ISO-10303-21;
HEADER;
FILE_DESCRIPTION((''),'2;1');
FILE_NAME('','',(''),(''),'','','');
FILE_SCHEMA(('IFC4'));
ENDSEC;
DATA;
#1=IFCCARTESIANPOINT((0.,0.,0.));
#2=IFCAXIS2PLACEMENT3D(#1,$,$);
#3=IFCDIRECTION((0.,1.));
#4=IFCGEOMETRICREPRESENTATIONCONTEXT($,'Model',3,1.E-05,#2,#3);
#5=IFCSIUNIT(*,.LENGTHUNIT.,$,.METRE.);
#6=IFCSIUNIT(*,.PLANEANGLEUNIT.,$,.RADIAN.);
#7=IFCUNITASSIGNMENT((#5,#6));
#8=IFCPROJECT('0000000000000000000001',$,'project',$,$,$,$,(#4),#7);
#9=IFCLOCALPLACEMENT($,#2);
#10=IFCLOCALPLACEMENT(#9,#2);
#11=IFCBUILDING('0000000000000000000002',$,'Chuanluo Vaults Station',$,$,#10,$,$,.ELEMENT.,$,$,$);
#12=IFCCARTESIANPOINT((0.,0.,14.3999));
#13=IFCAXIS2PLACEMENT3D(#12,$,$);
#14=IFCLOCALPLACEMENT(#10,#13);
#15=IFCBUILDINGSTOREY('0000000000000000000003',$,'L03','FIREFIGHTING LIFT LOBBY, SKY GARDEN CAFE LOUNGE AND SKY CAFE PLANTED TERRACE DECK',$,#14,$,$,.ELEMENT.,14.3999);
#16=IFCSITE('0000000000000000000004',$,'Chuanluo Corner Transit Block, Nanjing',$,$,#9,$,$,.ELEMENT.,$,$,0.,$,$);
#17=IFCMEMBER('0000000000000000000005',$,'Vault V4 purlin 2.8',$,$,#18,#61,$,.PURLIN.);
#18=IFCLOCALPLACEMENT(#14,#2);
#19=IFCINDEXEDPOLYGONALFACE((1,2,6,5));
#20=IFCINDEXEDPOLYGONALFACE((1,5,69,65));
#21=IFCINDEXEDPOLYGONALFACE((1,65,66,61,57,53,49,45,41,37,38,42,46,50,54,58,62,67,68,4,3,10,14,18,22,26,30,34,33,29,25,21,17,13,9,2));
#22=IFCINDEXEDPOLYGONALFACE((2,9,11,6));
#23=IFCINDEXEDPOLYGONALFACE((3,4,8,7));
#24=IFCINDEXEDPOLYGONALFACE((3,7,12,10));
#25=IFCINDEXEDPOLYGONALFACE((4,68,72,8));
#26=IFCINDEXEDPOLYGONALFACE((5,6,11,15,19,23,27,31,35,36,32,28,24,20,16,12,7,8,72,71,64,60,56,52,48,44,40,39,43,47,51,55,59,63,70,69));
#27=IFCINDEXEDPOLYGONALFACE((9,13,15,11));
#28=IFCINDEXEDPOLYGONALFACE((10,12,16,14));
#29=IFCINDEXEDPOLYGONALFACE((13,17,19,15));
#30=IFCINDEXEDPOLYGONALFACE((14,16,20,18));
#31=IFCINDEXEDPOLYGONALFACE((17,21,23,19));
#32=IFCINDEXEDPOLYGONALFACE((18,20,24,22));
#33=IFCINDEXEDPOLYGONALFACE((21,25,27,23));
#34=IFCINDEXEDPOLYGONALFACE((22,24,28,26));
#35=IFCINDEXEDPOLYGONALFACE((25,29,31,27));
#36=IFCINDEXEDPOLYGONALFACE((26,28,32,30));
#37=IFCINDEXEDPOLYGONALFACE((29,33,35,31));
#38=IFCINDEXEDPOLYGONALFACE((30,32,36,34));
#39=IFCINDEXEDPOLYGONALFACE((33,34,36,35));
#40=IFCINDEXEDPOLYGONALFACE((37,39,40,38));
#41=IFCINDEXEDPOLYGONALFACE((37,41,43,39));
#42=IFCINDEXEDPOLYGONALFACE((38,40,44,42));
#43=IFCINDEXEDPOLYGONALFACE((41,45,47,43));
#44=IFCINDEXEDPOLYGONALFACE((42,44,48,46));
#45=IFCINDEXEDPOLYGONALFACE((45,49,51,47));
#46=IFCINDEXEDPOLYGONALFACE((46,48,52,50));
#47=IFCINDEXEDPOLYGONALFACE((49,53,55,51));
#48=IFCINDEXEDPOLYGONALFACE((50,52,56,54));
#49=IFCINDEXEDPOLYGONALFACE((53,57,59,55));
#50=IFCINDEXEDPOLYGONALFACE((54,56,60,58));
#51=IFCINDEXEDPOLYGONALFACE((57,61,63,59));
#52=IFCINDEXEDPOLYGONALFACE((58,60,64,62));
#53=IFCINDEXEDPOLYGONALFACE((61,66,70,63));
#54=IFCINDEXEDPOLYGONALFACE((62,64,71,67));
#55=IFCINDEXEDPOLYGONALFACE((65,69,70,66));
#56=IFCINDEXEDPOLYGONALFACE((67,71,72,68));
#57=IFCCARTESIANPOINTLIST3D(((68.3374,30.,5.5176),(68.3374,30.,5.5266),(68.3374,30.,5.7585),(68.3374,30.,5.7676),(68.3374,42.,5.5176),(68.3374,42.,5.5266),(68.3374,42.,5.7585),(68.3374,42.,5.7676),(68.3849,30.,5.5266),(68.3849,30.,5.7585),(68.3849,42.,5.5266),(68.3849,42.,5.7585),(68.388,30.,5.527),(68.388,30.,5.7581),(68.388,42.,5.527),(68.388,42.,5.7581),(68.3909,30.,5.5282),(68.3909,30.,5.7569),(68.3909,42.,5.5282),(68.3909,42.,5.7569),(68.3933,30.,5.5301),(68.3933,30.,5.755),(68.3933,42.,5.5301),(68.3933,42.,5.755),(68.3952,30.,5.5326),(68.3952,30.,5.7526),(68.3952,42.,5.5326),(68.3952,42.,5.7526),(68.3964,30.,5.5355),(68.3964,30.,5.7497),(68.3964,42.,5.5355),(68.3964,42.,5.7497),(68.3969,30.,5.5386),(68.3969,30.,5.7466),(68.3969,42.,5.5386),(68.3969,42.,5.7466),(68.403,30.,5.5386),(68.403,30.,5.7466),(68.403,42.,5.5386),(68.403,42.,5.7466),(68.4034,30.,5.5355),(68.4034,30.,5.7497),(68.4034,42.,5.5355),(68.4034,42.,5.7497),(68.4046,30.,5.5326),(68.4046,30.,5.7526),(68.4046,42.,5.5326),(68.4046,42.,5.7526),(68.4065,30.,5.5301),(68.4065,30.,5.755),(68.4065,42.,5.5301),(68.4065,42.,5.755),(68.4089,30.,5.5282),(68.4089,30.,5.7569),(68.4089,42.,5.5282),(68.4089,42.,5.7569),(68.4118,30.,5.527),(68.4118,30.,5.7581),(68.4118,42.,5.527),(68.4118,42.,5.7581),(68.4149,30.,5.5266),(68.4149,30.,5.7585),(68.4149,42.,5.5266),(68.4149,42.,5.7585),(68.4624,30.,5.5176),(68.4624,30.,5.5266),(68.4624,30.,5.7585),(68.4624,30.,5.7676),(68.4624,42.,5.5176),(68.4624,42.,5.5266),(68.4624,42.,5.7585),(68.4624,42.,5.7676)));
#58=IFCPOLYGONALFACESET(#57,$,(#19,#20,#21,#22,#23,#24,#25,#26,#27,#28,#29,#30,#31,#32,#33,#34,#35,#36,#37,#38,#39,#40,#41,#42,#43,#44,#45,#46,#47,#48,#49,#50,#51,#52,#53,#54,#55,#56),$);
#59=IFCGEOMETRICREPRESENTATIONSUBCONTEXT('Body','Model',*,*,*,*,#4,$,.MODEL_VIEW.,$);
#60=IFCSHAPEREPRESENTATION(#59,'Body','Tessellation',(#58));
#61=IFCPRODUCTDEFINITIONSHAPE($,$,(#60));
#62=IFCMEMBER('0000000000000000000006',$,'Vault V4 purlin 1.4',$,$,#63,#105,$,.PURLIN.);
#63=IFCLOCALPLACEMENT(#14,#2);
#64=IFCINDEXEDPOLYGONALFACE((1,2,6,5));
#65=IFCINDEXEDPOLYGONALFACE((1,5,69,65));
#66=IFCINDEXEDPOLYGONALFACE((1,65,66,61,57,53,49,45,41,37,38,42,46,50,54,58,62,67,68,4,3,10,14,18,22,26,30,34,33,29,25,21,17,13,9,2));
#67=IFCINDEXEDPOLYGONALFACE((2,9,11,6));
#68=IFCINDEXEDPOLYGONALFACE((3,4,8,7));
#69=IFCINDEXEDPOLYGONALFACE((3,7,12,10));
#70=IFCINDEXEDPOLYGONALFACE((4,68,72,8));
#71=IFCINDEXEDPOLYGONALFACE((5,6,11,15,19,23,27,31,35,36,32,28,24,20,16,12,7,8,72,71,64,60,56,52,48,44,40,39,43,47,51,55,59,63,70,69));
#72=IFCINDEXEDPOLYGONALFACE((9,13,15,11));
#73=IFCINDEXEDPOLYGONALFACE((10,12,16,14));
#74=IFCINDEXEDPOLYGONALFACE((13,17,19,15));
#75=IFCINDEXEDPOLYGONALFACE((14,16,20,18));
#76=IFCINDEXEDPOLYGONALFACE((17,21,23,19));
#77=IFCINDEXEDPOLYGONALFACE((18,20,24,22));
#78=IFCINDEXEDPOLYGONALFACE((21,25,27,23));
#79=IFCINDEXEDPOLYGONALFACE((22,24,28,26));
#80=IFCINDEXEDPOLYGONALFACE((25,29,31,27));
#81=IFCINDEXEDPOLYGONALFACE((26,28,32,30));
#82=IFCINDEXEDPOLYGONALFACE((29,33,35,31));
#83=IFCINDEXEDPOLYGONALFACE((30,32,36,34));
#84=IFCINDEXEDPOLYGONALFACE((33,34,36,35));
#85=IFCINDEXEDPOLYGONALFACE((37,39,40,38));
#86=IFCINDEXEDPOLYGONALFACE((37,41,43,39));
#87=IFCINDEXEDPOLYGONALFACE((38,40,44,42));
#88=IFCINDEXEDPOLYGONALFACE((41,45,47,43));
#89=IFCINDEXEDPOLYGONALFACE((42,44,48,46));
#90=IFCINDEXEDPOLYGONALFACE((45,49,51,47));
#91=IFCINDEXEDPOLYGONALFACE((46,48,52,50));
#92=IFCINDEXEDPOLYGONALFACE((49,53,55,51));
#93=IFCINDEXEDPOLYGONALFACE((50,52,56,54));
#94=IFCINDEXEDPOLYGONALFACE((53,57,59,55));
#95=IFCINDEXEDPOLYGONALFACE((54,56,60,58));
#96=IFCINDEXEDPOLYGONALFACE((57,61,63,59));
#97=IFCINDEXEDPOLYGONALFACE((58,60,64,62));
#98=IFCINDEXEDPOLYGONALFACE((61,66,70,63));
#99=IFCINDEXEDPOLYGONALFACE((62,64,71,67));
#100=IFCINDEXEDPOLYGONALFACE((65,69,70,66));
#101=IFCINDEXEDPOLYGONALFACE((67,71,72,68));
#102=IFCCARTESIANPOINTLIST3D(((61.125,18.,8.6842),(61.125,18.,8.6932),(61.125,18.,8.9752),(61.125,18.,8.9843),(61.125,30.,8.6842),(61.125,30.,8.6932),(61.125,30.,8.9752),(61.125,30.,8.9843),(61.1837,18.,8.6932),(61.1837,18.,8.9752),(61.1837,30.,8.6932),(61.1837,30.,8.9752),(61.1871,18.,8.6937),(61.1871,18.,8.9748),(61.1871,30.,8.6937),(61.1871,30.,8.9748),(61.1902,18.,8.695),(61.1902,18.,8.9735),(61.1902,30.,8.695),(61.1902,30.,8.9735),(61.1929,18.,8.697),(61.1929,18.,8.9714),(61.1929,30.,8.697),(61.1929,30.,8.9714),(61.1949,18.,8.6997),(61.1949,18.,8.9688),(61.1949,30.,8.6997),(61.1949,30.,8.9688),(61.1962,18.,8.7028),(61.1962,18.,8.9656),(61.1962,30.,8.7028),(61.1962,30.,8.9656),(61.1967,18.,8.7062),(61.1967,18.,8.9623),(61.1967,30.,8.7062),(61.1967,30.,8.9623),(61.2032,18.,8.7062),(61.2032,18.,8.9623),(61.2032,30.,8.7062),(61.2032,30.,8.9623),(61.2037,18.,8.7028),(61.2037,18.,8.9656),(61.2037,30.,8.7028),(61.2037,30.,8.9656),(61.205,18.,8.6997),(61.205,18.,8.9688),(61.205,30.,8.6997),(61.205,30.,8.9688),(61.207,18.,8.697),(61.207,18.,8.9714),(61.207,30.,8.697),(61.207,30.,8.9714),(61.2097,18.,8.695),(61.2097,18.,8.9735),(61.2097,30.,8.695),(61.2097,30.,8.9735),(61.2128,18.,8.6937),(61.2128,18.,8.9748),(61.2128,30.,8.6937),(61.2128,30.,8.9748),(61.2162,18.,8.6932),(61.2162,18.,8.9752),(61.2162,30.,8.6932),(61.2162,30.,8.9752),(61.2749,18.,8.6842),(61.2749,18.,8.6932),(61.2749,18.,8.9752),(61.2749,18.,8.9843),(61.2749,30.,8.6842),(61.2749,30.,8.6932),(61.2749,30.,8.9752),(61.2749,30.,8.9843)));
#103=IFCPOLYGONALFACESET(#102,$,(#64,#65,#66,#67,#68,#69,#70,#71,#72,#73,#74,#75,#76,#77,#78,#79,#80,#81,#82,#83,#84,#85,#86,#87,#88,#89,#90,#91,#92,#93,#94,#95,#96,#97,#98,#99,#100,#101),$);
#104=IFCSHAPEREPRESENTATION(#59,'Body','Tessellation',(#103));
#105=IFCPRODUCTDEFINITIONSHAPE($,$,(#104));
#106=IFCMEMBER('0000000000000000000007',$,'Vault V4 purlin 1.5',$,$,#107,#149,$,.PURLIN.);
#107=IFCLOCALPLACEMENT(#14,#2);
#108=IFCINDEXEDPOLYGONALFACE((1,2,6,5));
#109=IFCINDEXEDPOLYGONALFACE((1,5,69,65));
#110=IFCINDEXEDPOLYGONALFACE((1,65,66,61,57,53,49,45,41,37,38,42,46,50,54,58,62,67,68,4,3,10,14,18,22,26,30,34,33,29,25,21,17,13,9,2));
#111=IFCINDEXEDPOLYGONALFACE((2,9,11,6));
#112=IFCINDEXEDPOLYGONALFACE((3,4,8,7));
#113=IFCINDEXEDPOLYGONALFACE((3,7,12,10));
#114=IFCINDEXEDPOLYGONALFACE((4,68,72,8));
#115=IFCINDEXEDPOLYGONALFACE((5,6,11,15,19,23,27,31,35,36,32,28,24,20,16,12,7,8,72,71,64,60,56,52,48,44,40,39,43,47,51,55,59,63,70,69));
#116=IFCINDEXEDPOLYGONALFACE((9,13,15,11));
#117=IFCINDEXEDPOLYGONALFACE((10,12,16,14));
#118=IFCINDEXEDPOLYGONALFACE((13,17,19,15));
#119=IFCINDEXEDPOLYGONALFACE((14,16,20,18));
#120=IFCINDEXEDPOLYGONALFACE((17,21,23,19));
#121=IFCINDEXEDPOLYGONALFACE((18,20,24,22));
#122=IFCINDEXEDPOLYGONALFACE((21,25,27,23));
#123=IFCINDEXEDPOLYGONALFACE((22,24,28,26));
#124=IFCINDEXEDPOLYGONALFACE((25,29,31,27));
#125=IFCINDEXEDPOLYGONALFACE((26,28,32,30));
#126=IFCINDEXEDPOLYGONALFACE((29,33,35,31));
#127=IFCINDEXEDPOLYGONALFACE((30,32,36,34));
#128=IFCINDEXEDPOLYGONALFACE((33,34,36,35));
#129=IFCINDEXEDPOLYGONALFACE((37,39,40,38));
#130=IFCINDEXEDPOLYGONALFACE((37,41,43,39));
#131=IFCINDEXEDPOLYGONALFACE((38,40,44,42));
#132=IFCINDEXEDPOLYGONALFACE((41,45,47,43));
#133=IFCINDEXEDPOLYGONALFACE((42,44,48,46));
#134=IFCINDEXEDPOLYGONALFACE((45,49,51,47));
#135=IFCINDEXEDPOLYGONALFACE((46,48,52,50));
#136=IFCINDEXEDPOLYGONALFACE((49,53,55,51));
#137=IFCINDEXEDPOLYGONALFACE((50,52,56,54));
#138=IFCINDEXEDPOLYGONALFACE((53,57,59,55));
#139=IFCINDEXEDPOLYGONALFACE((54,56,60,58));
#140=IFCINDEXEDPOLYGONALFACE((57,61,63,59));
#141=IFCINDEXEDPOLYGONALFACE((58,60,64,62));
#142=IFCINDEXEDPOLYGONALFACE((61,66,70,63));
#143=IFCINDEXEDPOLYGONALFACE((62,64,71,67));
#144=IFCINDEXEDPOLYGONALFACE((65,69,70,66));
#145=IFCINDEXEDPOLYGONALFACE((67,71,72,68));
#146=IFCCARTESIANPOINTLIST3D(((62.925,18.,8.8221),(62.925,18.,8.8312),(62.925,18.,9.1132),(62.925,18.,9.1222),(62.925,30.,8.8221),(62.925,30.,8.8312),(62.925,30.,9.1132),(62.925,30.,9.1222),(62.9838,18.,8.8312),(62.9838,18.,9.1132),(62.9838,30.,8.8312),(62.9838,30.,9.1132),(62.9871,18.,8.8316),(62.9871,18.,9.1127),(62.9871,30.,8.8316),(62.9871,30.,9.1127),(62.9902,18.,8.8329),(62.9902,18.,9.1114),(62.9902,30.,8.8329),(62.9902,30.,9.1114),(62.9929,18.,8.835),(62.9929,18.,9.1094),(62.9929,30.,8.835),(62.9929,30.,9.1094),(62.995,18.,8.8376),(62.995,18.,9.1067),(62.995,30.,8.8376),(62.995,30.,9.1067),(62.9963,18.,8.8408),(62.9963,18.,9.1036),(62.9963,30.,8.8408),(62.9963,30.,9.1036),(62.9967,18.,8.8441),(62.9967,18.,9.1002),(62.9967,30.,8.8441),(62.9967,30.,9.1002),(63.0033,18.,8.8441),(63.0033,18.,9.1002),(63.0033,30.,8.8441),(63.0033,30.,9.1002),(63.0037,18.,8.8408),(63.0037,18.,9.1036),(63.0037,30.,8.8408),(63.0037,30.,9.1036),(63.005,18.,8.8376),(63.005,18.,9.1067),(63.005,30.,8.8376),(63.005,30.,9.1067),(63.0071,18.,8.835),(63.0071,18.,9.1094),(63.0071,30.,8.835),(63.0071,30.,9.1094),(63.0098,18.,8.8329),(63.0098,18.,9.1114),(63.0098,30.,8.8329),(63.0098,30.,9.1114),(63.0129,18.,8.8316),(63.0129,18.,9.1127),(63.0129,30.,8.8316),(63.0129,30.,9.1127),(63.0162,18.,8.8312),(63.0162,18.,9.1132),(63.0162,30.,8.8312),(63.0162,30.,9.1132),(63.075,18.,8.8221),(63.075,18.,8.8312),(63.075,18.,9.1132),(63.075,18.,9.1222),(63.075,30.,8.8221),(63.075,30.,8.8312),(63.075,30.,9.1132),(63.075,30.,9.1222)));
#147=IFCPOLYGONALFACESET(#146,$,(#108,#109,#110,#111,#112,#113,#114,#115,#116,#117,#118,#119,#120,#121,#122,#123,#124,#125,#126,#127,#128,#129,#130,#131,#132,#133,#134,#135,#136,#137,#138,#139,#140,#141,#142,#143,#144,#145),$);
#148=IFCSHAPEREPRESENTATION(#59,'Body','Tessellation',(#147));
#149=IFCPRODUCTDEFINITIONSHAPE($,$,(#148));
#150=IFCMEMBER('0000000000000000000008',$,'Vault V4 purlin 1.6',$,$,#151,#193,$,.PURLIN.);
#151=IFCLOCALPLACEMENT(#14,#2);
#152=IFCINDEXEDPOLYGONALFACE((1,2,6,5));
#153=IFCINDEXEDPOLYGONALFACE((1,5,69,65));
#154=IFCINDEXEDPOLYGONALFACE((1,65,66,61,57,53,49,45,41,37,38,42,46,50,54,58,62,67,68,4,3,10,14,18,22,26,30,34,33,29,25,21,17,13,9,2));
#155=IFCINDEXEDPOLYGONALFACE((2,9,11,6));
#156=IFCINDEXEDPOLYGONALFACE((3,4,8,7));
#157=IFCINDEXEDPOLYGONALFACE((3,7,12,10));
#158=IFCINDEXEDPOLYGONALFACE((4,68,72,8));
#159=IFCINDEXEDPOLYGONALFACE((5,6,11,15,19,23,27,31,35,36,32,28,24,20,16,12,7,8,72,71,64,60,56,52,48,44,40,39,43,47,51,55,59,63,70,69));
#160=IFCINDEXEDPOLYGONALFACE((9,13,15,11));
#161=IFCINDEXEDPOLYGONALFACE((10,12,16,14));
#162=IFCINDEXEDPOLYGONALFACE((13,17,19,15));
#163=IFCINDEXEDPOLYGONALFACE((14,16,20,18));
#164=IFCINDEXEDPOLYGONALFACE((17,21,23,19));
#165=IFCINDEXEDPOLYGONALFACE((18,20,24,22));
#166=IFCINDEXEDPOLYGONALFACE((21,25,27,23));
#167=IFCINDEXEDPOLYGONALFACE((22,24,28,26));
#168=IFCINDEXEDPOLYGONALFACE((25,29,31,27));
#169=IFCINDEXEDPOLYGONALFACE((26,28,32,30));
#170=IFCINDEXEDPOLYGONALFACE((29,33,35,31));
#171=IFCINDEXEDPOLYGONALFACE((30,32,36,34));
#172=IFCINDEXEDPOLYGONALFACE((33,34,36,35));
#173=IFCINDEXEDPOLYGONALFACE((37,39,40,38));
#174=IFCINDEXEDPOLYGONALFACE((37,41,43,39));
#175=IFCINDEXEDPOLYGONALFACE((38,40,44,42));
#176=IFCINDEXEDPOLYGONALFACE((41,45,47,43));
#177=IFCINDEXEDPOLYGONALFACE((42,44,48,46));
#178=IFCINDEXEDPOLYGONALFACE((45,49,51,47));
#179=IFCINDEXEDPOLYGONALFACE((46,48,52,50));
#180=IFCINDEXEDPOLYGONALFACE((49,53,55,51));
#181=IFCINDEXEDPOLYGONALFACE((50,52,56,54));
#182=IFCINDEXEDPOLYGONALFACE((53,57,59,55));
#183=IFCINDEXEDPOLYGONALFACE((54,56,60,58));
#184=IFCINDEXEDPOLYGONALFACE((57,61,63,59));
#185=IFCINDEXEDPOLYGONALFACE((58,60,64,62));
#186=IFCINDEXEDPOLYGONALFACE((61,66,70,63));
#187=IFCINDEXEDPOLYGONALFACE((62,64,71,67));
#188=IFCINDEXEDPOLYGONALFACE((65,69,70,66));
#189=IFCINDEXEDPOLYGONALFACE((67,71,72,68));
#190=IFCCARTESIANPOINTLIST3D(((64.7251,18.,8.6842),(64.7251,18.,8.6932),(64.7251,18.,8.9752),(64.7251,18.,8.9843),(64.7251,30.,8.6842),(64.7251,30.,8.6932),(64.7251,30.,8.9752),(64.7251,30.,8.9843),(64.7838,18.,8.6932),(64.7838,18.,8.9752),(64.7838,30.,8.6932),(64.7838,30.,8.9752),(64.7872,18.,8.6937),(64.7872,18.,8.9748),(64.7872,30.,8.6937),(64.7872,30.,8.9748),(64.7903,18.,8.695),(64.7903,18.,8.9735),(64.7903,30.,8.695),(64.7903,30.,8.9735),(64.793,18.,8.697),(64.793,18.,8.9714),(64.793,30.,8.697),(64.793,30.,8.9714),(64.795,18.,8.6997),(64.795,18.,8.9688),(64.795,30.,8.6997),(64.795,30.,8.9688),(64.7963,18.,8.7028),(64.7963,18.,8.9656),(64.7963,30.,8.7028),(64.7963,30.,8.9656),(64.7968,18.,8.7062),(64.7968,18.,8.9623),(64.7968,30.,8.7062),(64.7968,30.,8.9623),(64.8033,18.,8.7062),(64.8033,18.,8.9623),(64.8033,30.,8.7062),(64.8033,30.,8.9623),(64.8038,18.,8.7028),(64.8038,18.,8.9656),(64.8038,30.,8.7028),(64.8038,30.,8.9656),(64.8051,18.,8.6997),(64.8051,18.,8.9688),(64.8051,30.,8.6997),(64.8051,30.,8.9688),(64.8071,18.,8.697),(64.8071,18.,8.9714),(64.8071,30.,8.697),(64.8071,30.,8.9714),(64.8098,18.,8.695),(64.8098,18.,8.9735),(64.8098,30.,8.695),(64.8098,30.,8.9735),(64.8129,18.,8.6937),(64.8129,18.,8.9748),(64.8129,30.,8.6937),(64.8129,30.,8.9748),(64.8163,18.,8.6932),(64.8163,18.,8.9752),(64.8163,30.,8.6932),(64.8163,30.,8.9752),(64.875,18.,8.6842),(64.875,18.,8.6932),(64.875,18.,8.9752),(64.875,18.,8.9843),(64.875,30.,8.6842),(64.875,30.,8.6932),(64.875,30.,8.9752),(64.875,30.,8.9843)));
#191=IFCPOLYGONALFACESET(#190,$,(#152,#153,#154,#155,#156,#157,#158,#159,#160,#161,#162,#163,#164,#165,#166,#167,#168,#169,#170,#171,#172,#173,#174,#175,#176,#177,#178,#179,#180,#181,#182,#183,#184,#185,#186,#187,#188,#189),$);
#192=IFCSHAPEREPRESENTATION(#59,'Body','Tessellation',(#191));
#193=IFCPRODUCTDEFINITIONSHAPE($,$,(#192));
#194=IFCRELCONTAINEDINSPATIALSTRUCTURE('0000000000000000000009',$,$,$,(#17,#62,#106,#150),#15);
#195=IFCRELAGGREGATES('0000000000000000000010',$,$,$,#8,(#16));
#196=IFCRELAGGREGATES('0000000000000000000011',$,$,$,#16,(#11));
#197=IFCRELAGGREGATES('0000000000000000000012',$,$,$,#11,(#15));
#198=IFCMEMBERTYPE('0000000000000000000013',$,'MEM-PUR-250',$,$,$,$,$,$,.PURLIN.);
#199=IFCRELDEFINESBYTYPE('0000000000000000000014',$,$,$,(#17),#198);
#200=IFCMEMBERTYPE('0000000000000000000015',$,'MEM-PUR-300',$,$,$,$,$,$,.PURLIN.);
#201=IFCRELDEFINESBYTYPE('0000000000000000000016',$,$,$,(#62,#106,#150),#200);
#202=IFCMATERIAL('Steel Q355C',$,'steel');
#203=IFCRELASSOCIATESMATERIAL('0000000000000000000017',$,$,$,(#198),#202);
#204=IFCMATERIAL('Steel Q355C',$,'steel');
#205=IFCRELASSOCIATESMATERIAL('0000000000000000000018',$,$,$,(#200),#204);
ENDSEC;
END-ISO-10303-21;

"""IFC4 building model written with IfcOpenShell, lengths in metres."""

from ifc_helpers import new_model, si_unit, direction, frame, origin, origin_2d, place, context, subcontext, project, spatial, i_section, extrude, material, material_profile, profile_set, type_object, element, save


model = new_model("IFC4")

# Units and contexts
model_context = context("Model", 3, precision=1e-05, world=origin(), true_north=direction((0.0, 1.0)))
body_context = subcontext(model_context, "Body", "Model", "MODEL_VIEW")
ifc_project = project(units=[si_unit("LENGTHUNIT", "METRE"), si_unit("PLANEANGLEUNIT", "RADIAN")], contexts=[model_context])

# Site, building, storey
site_placement = place(None, origin())
site = spatial("IfcSite", under=ifc_project, at=site_placement, Name="Chuanluo Corner Transit Block, Nanjing", CompositionType="ELEMENT", RefElevation=0.0)
building_placement = place(site_placement, origin())
building = spatial("IfcBuilding", under=site, at=building_placement, Name="Chuanluo Vaults Station", CompositionType="ELEMENT")
storey_placement = place(building_placement, frame((0.0, 0.0, 14.3999)))
storey = spatial("IfcBuildingStorey", under=building, at=storey_placement, Name="L03", Description="FIREFIGHTING LIFT LOBBY, SKY GARDEN CAFE LOUNGE AND SKY CAFE PLANTED TERRACE DECK", CompositionType="ELEMENT", Elevation=14.3999)

# Members
ifc_material_1 = material(Name="Steel Q355C", Category="steel")
ifc_material_profile_1 = material_profile(ifc_material_1, i_section(OverallWidth=0.125, OverallDepth=0.25, WebThickness=0.0061, FlangeThickness=0.009, FilletRadius=0.012, at=origin_2d()))
ifc_profile_set_1 = profile_set([ifc_material_profile_1], Name="Steel Q355C")
member_type_1 = type_object("IfcMemberType", Name="MEM-PUR-250", PredefinedType="PURLIN", material=ifc_profile_set_1)
for number, where, z_axis, x_axis, name in (
    (1, (68.3999, 30.0, 5.6426), (0.0, 1.0, 0.0), (-1.0, 0.0, 0.0), "Vault V4 purlin 2.8"),
):
    element("IfcMember", number, at=place(storey_placement, frame(where, z_axis=z_axis, x_axis=x_axis)), inside=storey, type_object=member_type_1, Name=name, PredefinedType="PURLIN", context=body_context, shape_type="SweptSolid", body=[
        extrude(i_section(OverallWidth=0.125, OverallDepth=0.25, WebThickness=0.0061, FlangeThickness=0.009, FilletRadius=0.012, at=origin_2d()), origin(), (0.0, 0.0, 1.0), 12.0),
    ])
ifc_material_2 = material(Name="Steel Q355C", Category="steel")
ifc_material_profile_2 = material_profile(ifc_material_2, i_section(OverallWidth=0.1499, OverallDepth=0.3, WebThickness=0.0066, FlangeThickness=0.009, FilletRadius=0.0129, at=origin_2d()))
ifc_profile_set_2 = profile_set([ifc_material_profile_2], Name="Steel Q355C")
member_type_2 = type_object("IfcMemberType", Name="MEM-PUR-300", PredefinedType="PURLIN", material=ifc_profile_set_2)
for number, where, z_axis, x_axis, name in (
    (2, (61.2, 18.0, 8.8342), (0.0, 1.0, 0.0), (-1.0, 0.0, 0.0), "Vault V4 purlin 1.4"),
    (3, (63.0, 18.0, 8.9722), (0.0, 1.0, 0.0), (-1.0, 0.0, 0.0), "Vault V4 purlin 1.5"),
    (4, (64.8, 18.0, 8.8342), (0.0, 1.0, 0.0), (-1.0, 0.0, 0.0), "Vault V4 purlin 1.6"),
):
    element("IfcMember", number, at=place(storey_placement, frame(where, z_axis=z_axis, x_axis=x_axis)), inside=storey, type_object=member_type_2, Name=name, PredefinedType="PURLIN", context=body_context, shape_type="SweptSolid", body=[
        extrude(i_section(OverallWidth=0.1499, OverallDepth=0.3, WebThickness=0.0066, FlangeThickness=0.009, FilletRadius=0.0129, at=origin_2d()), origin(), (0.0, 0.0, 1.0), 12.0),
    ])

save(model, "model.ifc")
